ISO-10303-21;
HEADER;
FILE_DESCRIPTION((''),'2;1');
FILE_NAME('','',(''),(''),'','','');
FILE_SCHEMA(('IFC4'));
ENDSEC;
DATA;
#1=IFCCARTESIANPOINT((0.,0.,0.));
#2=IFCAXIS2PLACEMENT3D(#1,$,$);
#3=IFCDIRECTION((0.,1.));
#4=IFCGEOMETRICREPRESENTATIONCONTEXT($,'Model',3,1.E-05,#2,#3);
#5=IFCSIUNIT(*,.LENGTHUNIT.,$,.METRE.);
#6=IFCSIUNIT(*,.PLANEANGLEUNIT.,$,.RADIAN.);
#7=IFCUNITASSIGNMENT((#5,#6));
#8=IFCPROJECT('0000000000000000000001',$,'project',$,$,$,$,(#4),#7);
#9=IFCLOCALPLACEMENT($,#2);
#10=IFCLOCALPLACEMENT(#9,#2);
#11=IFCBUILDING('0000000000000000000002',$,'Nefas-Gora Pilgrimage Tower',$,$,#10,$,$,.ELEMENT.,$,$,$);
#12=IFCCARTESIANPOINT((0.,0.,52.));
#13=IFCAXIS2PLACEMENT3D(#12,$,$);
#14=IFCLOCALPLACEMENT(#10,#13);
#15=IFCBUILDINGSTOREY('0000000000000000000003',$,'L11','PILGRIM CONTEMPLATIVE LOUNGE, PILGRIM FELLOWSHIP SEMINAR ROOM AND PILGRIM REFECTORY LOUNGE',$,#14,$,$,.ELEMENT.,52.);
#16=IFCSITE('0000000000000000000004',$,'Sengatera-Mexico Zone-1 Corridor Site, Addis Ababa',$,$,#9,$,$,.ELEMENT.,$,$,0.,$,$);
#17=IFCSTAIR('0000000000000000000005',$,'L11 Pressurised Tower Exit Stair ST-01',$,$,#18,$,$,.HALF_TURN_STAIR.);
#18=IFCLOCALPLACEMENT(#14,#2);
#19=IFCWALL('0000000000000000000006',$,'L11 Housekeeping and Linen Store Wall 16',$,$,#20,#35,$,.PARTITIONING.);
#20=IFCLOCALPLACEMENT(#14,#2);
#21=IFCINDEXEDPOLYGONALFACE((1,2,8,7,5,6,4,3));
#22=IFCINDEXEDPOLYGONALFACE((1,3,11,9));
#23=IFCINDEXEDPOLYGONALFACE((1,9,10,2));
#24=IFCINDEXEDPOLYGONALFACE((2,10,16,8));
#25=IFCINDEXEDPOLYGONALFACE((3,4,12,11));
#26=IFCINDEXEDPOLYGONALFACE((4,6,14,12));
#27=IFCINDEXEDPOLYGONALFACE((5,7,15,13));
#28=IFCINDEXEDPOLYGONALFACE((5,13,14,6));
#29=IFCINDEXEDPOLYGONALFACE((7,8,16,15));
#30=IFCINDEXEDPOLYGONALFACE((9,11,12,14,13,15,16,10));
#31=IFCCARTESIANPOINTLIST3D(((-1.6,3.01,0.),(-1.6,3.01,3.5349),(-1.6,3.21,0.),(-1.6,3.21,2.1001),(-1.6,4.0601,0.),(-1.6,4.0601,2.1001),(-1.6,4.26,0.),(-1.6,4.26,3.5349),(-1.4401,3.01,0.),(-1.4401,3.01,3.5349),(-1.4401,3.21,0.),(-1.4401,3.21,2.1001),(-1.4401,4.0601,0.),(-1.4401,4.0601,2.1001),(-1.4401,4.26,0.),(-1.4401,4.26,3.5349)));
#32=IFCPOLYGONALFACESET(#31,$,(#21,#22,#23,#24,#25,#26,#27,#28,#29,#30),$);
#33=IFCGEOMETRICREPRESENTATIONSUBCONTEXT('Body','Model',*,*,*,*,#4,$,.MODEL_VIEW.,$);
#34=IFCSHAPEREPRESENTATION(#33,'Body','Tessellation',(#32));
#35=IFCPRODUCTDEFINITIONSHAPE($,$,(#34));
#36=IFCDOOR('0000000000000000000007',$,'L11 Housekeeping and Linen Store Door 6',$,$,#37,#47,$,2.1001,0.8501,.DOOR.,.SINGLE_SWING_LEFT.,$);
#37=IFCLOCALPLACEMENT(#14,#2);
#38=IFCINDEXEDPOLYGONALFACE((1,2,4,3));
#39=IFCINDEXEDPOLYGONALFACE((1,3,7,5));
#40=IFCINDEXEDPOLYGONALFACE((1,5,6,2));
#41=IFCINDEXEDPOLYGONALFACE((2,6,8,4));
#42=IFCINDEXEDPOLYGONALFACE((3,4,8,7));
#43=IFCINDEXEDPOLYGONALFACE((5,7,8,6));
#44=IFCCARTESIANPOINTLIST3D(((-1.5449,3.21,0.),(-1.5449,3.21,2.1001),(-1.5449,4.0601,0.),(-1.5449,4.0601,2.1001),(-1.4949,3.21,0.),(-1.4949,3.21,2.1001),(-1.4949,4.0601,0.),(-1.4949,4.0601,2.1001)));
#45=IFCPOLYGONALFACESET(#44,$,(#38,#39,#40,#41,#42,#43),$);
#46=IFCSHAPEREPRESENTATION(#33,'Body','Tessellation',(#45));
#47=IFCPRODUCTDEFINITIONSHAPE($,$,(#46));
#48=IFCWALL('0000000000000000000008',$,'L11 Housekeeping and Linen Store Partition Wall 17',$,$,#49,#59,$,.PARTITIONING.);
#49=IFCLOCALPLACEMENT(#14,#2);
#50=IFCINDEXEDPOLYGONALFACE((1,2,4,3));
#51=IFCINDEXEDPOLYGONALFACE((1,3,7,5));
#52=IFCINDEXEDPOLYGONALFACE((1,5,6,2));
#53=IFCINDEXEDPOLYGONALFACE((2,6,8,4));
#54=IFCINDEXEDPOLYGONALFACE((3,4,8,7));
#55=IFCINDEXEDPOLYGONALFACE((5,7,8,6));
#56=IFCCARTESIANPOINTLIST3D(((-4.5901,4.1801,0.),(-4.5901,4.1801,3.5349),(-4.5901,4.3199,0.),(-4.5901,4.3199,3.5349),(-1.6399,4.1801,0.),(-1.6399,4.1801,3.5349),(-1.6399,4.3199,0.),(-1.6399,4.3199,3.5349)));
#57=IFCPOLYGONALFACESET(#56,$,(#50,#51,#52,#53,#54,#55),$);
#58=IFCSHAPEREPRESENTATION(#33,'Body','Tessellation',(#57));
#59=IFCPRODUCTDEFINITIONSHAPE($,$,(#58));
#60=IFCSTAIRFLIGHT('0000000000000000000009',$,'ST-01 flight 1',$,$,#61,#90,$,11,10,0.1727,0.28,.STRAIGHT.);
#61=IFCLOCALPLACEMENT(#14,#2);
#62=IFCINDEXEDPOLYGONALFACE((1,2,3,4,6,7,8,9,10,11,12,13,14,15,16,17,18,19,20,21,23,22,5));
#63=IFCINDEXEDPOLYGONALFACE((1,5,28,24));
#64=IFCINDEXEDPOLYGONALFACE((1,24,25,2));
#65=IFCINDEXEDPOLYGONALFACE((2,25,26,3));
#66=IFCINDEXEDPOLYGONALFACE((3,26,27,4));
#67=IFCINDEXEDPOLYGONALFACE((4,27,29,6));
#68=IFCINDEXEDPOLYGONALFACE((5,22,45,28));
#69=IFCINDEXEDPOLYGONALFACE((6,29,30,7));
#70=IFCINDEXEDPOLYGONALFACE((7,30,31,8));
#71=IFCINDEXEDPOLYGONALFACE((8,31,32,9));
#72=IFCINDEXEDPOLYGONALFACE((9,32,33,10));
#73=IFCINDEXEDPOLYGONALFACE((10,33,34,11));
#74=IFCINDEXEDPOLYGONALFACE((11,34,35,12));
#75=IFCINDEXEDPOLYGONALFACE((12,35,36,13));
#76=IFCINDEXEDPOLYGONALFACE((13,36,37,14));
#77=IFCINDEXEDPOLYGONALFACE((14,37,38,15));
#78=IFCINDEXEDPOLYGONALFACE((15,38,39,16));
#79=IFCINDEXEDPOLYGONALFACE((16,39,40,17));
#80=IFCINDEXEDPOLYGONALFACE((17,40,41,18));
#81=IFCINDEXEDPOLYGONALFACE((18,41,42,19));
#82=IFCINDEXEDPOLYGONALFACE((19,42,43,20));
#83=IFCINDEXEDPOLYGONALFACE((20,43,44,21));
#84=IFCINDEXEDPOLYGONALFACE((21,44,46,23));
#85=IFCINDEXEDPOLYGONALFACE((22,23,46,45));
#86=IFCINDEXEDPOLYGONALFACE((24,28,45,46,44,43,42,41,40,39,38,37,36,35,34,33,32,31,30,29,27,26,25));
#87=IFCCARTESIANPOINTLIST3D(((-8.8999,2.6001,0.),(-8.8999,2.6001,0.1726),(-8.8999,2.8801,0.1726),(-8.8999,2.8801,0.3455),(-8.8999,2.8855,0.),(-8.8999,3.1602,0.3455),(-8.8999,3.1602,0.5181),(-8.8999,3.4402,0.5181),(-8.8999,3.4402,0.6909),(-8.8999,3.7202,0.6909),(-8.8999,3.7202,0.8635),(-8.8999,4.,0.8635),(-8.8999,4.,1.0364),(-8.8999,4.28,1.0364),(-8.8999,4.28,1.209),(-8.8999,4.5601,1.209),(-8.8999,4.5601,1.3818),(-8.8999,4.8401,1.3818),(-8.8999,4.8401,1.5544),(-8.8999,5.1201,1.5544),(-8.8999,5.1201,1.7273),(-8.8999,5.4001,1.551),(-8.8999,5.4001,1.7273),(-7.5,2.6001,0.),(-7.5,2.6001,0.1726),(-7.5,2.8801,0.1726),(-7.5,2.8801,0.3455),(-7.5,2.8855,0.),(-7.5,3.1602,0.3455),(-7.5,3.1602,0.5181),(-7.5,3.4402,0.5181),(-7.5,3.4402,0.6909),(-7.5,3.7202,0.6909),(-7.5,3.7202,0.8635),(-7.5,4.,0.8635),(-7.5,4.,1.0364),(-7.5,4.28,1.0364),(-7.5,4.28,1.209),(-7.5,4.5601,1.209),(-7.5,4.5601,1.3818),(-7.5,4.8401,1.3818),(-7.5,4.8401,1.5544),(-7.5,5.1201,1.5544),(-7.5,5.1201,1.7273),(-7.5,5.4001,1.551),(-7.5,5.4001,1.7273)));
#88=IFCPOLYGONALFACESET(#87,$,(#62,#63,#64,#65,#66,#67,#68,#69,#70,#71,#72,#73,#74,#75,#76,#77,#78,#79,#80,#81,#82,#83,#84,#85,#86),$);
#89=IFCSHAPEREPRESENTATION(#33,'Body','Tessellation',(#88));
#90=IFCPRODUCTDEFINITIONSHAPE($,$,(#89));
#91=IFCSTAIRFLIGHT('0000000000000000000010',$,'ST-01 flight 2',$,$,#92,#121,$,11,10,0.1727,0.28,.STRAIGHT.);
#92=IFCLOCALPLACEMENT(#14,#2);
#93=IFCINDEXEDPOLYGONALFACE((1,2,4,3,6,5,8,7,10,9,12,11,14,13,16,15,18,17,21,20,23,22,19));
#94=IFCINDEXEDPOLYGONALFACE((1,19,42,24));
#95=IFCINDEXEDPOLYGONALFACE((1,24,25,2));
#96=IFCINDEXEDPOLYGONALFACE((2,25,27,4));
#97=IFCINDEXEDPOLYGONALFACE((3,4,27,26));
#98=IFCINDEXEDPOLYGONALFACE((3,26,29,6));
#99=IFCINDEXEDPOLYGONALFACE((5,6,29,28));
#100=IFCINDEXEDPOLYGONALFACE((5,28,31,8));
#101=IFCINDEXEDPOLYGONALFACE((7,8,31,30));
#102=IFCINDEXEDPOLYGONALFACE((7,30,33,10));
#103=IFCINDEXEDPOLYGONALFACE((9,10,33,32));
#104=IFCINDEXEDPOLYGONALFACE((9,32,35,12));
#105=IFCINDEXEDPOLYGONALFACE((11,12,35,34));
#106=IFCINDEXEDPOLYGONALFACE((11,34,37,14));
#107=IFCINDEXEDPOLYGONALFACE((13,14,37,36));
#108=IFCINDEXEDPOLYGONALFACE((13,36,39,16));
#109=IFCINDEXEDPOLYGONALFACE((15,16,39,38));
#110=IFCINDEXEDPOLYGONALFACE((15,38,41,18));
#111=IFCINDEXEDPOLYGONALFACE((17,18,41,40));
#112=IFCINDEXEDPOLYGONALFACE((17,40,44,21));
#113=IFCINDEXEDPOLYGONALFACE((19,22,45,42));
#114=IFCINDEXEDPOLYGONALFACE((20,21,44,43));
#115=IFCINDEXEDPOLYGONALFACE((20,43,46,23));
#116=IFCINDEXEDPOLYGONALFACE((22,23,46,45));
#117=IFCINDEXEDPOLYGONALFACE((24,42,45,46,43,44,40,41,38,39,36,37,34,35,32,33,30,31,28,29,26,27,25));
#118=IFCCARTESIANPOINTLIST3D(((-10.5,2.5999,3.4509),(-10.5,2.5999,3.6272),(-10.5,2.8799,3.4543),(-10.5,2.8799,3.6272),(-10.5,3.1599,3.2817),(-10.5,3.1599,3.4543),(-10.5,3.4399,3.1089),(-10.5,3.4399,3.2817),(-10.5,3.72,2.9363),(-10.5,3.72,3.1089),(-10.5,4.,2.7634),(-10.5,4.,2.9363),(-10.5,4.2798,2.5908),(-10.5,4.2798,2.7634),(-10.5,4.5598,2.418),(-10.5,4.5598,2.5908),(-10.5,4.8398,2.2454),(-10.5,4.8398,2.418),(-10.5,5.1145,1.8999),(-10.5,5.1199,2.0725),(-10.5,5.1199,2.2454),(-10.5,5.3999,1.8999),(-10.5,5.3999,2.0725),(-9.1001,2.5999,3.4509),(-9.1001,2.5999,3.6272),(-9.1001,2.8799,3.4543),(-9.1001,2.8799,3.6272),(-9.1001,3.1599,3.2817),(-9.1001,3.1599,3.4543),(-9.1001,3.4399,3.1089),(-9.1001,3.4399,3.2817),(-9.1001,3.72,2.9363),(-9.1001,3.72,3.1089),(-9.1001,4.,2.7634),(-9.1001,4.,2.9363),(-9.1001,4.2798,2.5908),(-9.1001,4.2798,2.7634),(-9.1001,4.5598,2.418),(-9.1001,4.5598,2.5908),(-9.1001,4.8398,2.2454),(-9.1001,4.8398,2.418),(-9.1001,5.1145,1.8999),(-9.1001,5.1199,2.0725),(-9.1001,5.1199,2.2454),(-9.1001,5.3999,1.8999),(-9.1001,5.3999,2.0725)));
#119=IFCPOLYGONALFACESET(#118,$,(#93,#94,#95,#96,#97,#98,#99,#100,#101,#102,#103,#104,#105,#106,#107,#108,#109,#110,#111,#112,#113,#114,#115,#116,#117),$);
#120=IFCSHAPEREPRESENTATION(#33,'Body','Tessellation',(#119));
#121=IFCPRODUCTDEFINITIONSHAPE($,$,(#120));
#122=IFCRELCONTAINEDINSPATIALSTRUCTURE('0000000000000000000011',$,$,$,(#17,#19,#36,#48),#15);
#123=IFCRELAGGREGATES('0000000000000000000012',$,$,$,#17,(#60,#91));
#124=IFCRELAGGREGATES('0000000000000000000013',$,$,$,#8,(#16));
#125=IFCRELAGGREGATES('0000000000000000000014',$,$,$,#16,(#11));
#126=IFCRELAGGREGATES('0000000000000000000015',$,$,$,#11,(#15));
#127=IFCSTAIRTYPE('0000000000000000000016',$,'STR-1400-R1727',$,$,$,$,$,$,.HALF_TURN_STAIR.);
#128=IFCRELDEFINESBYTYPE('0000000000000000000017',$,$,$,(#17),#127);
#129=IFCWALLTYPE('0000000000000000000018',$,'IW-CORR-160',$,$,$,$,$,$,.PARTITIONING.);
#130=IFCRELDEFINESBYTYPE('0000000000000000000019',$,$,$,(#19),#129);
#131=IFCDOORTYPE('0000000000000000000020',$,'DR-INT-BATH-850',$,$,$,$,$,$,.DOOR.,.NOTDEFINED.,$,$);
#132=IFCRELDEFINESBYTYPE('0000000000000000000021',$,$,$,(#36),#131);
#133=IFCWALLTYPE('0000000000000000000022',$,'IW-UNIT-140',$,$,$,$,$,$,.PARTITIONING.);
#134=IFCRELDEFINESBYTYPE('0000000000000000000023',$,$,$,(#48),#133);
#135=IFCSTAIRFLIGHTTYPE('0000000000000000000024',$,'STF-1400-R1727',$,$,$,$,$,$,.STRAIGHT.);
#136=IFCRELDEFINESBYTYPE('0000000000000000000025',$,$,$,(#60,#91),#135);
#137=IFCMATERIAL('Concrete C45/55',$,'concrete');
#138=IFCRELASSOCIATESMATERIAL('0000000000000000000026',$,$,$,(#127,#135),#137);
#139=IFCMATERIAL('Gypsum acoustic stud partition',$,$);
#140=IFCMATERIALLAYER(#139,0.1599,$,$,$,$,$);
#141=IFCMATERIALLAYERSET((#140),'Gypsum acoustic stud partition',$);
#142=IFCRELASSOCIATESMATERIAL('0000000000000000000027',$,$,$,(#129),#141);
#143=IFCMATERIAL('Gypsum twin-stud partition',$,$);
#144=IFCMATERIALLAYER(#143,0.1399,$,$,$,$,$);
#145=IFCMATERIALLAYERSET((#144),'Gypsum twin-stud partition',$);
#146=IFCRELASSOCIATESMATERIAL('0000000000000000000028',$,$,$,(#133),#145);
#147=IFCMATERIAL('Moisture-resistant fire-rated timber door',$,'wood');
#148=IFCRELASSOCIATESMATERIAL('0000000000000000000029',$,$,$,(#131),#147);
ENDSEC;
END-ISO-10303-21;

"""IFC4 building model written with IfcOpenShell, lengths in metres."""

from ifc_helpers import new_model, si_unit, direction, frame, frame_2d, origin, place, context, subcontext, project, spatial, polyline, rectangle, outline, extrude, source, transform, mapped, material, layer, layer_set, type_object, element, fill, aggregate, save


model = new_model("IFC4")

# Units and contexts
model_context = context("Model", 3, precision=1e-05, world=origin(), true_north=direction((0.0, 1.0)))
body_context = subcontext(model_context, "Body", "Model", "MODEL_VIEW")
ifc_project = project(units=[si_unit("LENGTHUNIT", "METRE"), si_unit("PLANEANGLEUNIT", "RADIAN")], contexts=[model_context])

# Site, building, storey
site_placement = place(None, origin())
site = spatial("IfcSite", under=ifc_project, at=site_placement, Name="Sengatera-Mexico Zone-1 Corridor Site, Addis Ababa", CompositionType="ELEMENT", RefElevation=0.0)
building_placement = place(site_placement, origin())
building = spatial("IfcBuilding", under=site, at=building_placement, Name="Nefas-Gora Pilgrimage Tower", CompositionType="ELEMENT")
storey_placement = place(building_placement, frame((0.0, 0.0, 52.0)))
storey = spatial("IfcBuildingStorey", under=building, at=storey_placement, Name="L11", Description="PILGRIM CONTEMPLATIVE LOUNGE, PILGRIM FELLOWSHIP SEMINAR ROOM AND PILGRIM REFECTORY LOUNGE", CompositionType="ELEMENT", Elevation=52.0)

# Stair
ifc_material_1 = material(Name="Concrete C45/55", Category="concrete")
stair_type = type_object("IfcStairType", Name="STR-1400-R1727", PredefinedType="HALF_TURN_STAIR", material=ifc_material_1)
stair_1_placement = place(storey_placement, origin())
stair_1 = element("IfcStair", 1, at=stair_1_placement, inside=storey, type_object=stair_type, Name="L11 Pressurised Tower Exit Stair ST-01", PredefinedType="HALF_TURN_STAIR")

# Shared definitions
ifc_material_2 = material(Name="Gypsum acoustic stud partition")
ifc_layer_1 = layer(ifc_material_2, 0.1599)
ifc_layer_set_1 = layer_set([ifc_layer_1], Name="Gypsum acoustic stud partition")
wall_type_1 = type_object("IfcWallType", Name="IW-CORR-160", PredefinedType="PARTITIONING", material=ifc_layer_set_1)
ifc_material_3 = material(Name="Gypsum twin-stud partition")
ifc_layer_2 = layer(ifc_material_3, 0.1399)
ifc_layer_set_2 = layer_set([ifc_layer_2], Name="Gypsum twin-stud partition")
wall_type_2 = type_object("IfcWallType", Name="IW-UNIT-140", PredefinedType="PARTITIONING", material=ifc_layer_set_2)

# Wall, opening, door
shared_shape_1 = source(origin(), body_context, "Body", "SweptSolid", [
    extrude(rectangle(XDim=1.25, YDim=0.1599, at=frame_2d((0.625, 0.0))), origin(), (0.0, 0.0, 1.0), 3.5349),
])
wall_1_placement = place(storey_placement, frame((-1.52, 3.01, 0.0), z_axis=(0.0, 0.0, 1.0), x_axis=(0.0, 1.0, 0.0)))
wall_1 = element("IfcWall", 2, at=wall_1_placement, inside=storey, type_object=wall_type_1, Name="L11 Housekeeping and Linen Store Wall 16", PredefinedType="PARTITIONING", context=body_context, shape_type="MappedRepresentation", body=[
    mapped(shared_shape_1, transform((0.0, 0.0, 0.0), x_axis=(1.0, 0.0, 0.0), y_axis=(0.0, 1.0, 0.0), z_axis=(0.0, 0.0, 1.0), scale=1.0)),
])
opening_1_placement = place(wall_1_placement, frame((0.2, 0.0, 0.0)))
opening_1 = element("IfcOpeningElement", 3, at=opening_1_placement, cuts=wall_1, PredefinedType="OPENING", context=body_context, shape_type="SweptSolid", body=[
    extrude(rectangle(XDim=0.8501, YDim=2.1001, at=frame_2d((0.425, 1.05))), frame((0.0, 0.0898, 0.0), z_axis=(0.0, -1.0, 0.0), x_axis=(1.0, 0.0, 0.0)), (0.0, 0.0, 1.0), 0.1799),
])
ifc_material_4 = material(Name="Moisture-resistant fire-rated timber door", Category="wood")
door_type_1 = type_object("IfcDoorType", Name="DR-INT-BATH-850", OperationType="NOTDEFINED", PredefinedType="DOOR", material=ifc_material_4)
shared_shape_2 = source(origin(), body_context, "Body", "SweptSolid", [
    extrude(rectangle(XDim=0.8501, YDim=2.1001, at=frame_2d((0.425, 1.05))), frame((0.0, 0.0249, 0.0), z_axis=(0.0, -1.0, 0.0), x_axis=(1.0, 0.0, 0.0)), (0.0, 0.0, 1.0), 0.05),
])
door_1_placement = place(opening_1_placement, origin())
door_1 = element("IfcDoor", 4, at=door_1_placement, inside=storey, type_object=door_type_1, Name="L11 Housekeeping and Linen Store Door 6", OperationType="SINGLE_SWING_LEFT", OverallHeight=2.1001, OverallWidth=0.8501, PredefinedType="DOOR", context=body_context, shape_type="MappedRepresentation", body=[
    mapped(shared_shape_2, transform((0.0, 0.0, 0.0), x_axis=(1.0, 0.0, 0.0), y_axis=(0.0, 1.0, 0.0), z_axis=(0.0, 0.0, 1.0), scale=1.0)),
])
fill(opening_1, door_1)

# Wall
shared_shape_3 = source(origin(), body_context, "Body", "SweptSolid", [
    extrude(rectangle(XDim=2.9502, YDim=0.1399, at=frame_2d((1.4751, 0.0))), origin(), (0.0, 0.0, 1.0), 3.5349),
])
wall_2_placement = place(storey_placement, frame((-4.5901, 4.25, 0.0), z_axis=(0.0, 0.0, 1.0), x_axis=(1.0, 0.0, 0.0)))
element("IfcWall", 5, at=wall_2_placement, inside=storey, type_object=wall_type_2, Name="L11 Housekeeping and Linen Store Partition Wall 17", PredefinedType="PARTITIONING", context=body_context, shape_type="MappedRepresentation", body=[
    mapped(shared_shape_3, transform((0.0, 0.0, 0.0), x_axis=(1.0, 0.0, 0.0), y_axis=(0.0, 1.0, 0.0), z_axis=(0.0, 0.0, 1.0), scale=1.0)),
])

# Stair flights
stair_flight_type = type_object("IfcStairFlightType", Name="STF-1400-R1727", PredefinedType="STRAIGHT", material=ifc_material_1)
shared_shape_4 = source(origin(), body_context, "Body", "SweptSolid", [
    extrude(outline(polyline([(0.0, 0.0), (0.0, 0.1726), (0.28, 0.1726), (0.28, 0.3455), (0.5601, 0.3455), (0.5601, 0.5181), (0.8401, 0.5181), (0.8401, 0.6909), (1.1201, 0.6909), (1.1201, 0.8635), (1.3999, 0.8635), (1.3999, 1.0364), (1.6799, 1.0364), (1.6799, 1.209), (1.96, 1.209), (1.96, 1.3818), (2.24, 1.3818), (2.24, 1.5544), (2.52, 1.5544), (2.52, 1.7273), (2.8, 1.7273), (2.8, 1.8999), (2.8, 1.551), (0.2854, 0.0), (0.0, 0.0)])), frame((0.0, 0.7, 0.0), z_axis=(0.0, -1.0, 0.0), x_axis=(1.0, 0.0, 0.0)), (0.0, 0.0, 1.0), 1.3999),
])
stair_flight_1_placement = place(storey_placement, frame((-8.2, 2.6001, 0.0), z_axis=(0.0, 0.0, 1.0), x_axis=(0.0, 1.0, 0.0)))
stair_flight_1 = element("IfcStairFlight", 6, at=stair_flight_1_placement, type_object=stair_flight_type, Name="ST-01 flight 1", NumberOfRisers=11, NumberOfTreads=10, PredefinedType="STRAIGHT", RiserHeight=0.1727, TreadLength=0.28, context=body_context, shape_type="MappedRepresentation", body=[
    mapped(shared_shape_4, transform((0.0, 0.0, 0.0), x_axis=(1.0, 0.0, 0.0), y_axis=(0.0, 1.0, 0.0), z_axis=(0.0, 0.0, 1.0), scale=1.0)),
])
stair_flight_2_placement = place(storey_placement, frame((-9.8, 5.3999, 1.8999), z_axis=(0.0, 0.0, 1.0), x_axis=(0.0, -1.0, 0.0)))
stair_flight_2 = element("IfcStairFlight", 7, at=stair_flight_2_placement, type_object=stair_flight_type, Name="ST-01 flight 2", NumberOfRisers=11, NumberOfTreads=10, PredefinedType="STRAIGHT", RiserHeight=0.1727, TreadLength=0.28, context=body_context, shape_type="MappedRepresentation", body=[
    mapped(shared_shape_4, transform((0.0, 0.0, 0.0), x_axis=(1.0, 0.0, 0.0), y_axis=(0.0, 1.0, 0.0), z_axis=(0.0, 0.0, 1.0), scale=1.0)),
])
aggregate(stair_1, [stair_flight_1, stair_flight_2])

save(model, "model.ifc")
